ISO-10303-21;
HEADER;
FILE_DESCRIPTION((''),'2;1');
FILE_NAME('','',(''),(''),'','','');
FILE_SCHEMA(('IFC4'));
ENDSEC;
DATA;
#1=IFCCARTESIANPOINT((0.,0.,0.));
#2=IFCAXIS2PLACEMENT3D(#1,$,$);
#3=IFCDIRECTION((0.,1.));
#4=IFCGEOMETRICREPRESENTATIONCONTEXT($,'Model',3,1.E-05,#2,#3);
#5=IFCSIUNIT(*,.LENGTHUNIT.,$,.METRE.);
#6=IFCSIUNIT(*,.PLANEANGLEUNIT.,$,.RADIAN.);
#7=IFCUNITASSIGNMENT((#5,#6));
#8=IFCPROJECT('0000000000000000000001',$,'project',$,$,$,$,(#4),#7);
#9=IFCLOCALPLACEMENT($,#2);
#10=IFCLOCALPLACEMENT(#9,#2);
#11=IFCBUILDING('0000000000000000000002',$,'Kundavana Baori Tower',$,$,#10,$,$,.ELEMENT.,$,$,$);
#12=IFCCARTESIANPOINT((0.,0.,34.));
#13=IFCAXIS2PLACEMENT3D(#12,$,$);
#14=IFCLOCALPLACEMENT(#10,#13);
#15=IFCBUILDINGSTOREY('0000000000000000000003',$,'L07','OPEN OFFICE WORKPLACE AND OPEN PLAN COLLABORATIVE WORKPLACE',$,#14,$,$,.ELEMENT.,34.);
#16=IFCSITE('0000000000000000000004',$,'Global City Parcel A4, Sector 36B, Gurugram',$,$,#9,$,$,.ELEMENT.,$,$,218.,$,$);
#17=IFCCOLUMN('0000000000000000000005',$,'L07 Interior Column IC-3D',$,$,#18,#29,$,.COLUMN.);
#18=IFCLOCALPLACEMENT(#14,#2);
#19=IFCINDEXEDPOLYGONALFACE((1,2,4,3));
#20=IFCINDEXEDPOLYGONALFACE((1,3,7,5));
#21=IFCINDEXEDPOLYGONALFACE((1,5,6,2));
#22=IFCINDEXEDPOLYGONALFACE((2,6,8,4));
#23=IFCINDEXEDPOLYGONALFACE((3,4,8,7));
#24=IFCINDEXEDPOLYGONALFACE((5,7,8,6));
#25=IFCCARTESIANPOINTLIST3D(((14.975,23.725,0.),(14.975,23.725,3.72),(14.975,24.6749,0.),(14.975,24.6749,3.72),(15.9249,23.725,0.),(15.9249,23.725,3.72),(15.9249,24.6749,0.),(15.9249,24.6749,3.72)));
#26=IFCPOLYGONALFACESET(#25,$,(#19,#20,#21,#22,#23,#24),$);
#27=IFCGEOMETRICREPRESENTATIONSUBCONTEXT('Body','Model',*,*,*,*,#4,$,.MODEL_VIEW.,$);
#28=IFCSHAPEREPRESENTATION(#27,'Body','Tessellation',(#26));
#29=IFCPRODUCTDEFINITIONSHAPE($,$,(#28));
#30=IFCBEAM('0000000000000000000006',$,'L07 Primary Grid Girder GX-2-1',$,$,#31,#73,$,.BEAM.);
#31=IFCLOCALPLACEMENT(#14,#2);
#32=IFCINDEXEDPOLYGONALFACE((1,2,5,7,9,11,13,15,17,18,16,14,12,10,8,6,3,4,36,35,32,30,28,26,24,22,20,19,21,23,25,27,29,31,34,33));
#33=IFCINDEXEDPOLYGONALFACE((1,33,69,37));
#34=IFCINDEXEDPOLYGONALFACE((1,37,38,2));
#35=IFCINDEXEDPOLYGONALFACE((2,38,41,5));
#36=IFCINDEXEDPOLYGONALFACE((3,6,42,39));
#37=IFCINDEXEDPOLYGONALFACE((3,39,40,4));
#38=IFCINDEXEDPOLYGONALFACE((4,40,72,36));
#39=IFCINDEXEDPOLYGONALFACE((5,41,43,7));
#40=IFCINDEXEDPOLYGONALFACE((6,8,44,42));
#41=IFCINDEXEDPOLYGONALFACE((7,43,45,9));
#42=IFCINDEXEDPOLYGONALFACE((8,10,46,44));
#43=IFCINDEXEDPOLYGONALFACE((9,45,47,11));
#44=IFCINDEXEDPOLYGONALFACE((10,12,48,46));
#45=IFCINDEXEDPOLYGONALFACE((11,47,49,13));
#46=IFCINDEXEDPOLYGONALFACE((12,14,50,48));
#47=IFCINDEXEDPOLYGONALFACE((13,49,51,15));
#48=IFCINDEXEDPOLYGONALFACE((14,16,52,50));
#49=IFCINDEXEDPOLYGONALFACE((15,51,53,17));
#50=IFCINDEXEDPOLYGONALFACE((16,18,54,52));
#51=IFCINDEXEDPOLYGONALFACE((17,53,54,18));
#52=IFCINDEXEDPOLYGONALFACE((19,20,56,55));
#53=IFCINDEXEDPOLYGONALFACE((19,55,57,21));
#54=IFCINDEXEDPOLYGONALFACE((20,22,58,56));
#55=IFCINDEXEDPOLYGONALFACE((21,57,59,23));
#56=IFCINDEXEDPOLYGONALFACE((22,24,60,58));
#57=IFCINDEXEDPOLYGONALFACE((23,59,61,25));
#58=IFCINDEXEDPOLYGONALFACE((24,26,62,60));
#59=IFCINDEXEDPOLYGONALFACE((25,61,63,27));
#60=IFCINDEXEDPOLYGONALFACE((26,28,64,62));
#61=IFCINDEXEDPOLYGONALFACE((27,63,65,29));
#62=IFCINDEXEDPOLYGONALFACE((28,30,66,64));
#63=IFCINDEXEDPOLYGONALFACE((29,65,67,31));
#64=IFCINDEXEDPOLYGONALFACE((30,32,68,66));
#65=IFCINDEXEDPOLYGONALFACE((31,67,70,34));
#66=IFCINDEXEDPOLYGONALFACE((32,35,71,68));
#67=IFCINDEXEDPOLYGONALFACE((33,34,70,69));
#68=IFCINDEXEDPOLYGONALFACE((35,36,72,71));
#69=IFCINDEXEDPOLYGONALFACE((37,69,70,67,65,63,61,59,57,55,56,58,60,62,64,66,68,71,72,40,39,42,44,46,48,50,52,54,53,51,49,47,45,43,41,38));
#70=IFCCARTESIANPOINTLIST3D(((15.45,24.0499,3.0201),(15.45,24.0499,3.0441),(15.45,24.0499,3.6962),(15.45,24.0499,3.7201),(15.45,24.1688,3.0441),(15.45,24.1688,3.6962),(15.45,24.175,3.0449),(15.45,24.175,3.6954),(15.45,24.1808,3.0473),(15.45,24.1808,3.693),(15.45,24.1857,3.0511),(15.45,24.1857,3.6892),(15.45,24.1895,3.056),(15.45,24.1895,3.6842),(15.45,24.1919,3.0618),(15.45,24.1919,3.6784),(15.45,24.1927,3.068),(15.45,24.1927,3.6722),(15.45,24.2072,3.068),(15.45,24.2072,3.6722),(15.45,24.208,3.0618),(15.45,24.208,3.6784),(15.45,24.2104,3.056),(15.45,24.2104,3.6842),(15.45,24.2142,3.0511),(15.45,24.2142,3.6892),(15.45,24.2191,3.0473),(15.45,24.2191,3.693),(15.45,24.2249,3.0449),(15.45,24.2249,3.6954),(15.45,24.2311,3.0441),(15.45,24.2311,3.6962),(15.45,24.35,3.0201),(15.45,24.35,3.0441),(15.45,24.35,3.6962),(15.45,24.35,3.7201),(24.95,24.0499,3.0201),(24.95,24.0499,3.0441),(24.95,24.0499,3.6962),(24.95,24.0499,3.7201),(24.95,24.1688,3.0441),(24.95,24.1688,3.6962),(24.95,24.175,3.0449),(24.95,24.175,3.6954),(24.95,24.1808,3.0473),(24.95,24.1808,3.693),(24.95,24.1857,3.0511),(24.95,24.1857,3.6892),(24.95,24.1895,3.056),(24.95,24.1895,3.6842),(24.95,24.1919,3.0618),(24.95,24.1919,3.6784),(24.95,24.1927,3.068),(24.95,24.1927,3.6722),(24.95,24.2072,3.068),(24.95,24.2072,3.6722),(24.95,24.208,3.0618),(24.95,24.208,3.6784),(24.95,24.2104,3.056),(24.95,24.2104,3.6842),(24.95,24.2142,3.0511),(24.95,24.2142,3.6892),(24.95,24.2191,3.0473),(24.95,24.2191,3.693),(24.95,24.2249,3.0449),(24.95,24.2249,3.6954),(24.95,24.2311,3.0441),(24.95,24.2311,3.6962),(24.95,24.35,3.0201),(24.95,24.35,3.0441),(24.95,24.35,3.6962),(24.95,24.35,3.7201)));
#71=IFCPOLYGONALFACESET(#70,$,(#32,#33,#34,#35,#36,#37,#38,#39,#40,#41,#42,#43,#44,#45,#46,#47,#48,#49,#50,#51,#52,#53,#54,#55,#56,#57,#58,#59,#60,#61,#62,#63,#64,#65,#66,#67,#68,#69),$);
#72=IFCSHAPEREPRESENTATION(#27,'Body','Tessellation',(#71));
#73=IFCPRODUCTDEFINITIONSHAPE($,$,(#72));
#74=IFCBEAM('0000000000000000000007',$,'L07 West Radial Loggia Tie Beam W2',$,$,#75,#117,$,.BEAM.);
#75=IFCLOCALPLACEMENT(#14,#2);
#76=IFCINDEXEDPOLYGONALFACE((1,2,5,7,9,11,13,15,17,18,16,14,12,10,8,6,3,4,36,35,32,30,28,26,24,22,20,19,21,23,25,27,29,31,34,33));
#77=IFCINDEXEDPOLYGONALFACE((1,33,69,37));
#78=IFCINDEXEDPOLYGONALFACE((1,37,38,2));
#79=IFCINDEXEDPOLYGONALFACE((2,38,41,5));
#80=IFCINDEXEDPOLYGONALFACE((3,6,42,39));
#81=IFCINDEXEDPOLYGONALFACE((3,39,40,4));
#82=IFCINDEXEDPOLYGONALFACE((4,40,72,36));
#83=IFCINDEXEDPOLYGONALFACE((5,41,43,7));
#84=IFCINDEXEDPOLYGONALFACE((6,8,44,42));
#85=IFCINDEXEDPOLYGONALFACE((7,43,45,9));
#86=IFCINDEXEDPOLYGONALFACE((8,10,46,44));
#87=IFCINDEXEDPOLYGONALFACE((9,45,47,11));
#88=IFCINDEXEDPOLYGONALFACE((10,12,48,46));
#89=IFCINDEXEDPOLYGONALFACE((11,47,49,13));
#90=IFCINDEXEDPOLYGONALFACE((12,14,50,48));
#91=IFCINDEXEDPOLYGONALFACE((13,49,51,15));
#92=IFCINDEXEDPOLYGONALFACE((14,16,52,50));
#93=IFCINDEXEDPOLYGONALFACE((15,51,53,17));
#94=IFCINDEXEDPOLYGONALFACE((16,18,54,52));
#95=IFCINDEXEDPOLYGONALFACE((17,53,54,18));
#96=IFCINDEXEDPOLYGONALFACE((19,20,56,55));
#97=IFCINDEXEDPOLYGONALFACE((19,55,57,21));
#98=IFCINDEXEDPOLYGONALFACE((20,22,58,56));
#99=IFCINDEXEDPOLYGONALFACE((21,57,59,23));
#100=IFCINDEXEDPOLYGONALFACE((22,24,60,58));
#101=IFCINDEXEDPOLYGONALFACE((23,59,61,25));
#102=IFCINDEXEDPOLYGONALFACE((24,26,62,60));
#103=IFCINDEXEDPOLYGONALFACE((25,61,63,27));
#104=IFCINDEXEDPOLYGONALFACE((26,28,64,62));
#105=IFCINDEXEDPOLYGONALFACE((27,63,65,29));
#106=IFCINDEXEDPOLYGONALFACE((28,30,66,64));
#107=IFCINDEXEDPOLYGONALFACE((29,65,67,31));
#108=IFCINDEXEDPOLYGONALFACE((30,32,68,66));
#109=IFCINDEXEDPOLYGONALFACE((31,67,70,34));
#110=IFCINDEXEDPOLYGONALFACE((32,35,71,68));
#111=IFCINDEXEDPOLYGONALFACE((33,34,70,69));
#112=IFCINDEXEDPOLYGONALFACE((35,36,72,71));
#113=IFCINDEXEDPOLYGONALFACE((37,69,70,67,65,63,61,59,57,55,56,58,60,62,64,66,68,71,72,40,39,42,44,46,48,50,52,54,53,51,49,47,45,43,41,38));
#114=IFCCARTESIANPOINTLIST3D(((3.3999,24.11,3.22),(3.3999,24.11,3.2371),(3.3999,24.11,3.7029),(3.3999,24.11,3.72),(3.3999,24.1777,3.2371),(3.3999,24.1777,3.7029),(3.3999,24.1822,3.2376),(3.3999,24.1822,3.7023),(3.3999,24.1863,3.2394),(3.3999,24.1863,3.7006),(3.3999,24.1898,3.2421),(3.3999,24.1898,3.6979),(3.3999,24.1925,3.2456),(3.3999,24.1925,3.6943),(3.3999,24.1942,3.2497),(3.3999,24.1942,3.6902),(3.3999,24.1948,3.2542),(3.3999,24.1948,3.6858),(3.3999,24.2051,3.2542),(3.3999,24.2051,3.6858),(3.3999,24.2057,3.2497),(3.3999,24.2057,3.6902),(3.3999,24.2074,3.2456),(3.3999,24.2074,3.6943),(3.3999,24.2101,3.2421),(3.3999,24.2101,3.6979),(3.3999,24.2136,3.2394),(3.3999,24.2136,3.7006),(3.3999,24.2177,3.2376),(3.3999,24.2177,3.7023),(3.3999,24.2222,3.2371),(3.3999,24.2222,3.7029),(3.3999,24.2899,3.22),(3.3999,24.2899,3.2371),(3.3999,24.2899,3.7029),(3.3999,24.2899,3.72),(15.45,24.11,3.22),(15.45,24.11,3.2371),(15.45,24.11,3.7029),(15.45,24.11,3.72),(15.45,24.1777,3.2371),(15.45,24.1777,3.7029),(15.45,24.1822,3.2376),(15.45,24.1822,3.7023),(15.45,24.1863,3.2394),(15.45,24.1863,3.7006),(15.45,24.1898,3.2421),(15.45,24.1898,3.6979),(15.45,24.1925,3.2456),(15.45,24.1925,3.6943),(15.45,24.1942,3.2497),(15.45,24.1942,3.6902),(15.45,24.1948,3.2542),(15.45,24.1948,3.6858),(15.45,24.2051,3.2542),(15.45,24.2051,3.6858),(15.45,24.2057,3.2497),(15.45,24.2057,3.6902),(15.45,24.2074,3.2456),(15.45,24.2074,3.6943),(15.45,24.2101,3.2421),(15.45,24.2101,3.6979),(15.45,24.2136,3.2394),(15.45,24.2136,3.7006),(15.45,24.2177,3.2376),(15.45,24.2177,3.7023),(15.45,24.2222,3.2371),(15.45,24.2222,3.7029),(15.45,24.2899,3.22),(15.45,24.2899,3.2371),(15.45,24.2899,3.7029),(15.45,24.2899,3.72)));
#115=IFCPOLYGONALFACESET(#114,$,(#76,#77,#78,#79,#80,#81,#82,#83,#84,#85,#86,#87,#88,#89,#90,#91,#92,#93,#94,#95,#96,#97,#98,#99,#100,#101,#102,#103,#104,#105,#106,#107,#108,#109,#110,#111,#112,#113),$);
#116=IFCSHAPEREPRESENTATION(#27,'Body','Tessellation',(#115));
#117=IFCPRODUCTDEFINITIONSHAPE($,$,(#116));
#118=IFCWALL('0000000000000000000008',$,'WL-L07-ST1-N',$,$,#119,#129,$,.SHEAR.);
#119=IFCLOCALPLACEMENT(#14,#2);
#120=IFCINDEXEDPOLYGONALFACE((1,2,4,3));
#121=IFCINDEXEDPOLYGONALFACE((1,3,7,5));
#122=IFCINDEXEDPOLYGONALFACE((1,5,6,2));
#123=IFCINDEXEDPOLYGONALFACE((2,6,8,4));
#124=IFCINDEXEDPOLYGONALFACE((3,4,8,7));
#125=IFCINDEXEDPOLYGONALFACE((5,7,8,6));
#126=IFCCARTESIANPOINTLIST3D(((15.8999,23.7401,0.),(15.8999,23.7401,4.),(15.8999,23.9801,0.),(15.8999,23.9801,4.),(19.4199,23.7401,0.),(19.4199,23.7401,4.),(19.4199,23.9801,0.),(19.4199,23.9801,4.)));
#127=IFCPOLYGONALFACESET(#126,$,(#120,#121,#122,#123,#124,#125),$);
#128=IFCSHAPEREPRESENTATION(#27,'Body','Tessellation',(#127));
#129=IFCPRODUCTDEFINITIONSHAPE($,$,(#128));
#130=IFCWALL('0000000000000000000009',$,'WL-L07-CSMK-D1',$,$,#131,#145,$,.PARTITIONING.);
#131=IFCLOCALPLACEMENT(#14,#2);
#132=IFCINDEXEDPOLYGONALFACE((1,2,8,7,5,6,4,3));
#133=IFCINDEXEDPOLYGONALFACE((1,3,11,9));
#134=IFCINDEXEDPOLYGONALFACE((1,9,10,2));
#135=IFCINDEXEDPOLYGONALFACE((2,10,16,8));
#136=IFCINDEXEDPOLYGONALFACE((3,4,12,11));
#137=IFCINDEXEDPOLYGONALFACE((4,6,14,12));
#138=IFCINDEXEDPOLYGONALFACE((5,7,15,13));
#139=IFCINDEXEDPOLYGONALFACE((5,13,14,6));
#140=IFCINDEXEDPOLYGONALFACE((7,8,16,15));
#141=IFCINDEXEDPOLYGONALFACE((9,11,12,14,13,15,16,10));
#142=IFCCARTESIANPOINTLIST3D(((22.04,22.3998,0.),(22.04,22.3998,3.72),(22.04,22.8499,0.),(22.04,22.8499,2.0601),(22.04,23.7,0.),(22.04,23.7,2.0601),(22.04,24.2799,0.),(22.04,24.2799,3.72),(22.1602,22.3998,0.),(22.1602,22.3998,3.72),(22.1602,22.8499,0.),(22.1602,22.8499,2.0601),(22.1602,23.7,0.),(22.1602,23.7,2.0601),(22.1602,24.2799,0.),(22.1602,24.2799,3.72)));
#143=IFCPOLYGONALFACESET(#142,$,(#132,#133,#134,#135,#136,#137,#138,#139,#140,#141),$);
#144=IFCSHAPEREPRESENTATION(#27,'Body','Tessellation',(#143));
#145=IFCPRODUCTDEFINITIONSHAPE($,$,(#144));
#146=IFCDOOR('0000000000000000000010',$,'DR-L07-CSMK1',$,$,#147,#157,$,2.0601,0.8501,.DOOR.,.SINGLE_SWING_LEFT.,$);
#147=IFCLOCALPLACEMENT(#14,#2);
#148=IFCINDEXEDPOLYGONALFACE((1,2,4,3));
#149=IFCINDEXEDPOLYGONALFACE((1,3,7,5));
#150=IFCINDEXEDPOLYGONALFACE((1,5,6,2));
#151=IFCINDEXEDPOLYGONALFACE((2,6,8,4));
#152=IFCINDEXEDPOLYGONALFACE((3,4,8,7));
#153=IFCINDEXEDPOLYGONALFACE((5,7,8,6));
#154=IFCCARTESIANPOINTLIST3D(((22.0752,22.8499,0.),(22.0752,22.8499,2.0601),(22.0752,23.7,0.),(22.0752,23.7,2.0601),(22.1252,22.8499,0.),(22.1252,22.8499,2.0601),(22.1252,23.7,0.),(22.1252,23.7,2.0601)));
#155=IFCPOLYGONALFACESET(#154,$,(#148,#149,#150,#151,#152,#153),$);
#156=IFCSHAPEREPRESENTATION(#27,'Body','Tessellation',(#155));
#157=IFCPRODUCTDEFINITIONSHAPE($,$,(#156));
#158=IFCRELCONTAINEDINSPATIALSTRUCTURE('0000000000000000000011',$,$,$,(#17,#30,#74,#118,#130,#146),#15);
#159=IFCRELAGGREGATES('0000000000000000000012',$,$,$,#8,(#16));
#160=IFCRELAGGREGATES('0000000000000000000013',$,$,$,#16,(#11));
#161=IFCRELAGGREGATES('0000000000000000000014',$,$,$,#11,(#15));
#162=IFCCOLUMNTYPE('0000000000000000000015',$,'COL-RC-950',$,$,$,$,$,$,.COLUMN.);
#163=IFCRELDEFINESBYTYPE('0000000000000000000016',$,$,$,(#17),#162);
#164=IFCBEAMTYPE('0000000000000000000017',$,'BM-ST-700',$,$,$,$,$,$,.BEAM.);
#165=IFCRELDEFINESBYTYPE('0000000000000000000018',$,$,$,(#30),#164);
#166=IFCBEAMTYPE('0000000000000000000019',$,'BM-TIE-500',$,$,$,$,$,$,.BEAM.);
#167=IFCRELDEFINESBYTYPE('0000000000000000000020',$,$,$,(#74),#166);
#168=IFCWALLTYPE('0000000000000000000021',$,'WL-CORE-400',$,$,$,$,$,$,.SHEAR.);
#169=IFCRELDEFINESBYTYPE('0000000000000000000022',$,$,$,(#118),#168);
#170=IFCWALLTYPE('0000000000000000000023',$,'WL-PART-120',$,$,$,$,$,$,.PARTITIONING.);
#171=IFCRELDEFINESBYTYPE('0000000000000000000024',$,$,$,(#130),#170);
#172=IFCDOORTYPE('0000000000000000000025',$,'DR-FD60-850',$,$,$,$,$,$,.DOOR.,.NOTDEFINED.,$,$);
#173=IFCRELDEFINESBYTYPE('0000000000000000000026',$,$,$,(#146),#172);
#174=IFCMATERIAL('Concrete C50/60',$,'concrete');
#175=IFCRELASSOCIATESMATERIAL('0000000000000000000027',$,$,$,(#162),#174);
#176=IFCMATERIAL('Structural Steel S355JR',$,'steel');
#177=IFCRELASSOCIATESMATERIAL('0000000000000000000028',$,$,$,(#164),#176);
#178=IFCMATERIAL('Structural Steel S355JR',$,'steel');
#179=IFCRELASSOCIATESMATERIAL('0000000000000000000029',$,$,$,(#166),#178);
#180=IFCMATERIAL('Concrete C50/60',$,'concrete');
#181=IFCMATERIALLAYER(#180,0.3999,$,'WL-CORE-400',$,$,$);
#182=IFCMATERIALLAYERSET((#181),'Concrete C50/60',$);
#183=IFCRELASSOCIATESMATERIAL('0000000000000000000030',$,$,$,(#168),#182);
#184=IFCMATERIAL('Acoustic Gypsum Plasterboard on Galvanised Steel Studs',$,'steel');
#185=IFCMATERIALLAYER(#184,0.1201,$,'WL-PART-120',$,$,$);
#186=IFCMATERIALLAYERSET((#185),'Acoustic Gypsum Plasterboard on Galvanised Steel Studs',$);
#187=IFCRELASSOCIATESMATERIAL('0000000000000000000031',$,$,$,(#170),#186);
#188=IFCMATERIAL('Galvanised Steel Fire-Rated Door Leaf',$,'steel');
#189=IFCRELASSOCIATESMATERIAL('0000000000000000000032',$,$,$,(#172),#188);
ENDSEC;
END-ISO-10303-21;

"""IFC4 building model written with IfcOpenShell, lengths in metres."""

from ifc_helpers import new_model, si_unit, direction, frame, frame_2d, origin, origin_2d, place, context, subcontext, project, spatial, rectangle, i_section, extrude, material, layer, layer_set, material_profile, profile_set, type_object, element, fill, save


model = new_model("IFC4")

# Units and contexts
model_context = context("Model", 3, precision=1e-05, world=origin(), true_north=direction((0.0, 1.0)))
body_context = subcontext(model_context, "Body", "Model", "MODEL_VIEW")
ifc_project = project(units=[si_unit("LENGTHUNIT", "METRE"), si_unit("PLANEANGLEUNIT", "RADIAN")], contexts=[model_context])

# Site, building, storey
site_placement = place(None, origin())
site = spatial("IfcSite", under=ifc_project, at=site_placement, Name="Global City Parcel A4, Sector 36B, Gurugram", CompositionType="ELEMENT", RefElevation=218.0)
building_placement = place(site_placement, origin())
building = spatial("IfcBuilding", under=site, at=building_placement, Name="Kundavana Baori Tower", CompositionType="ELEMENT")
storey_placement = place(building_placement, frame((0.0, 0.0, 34.0)))
storey = spatial("IfcBuildingStorey", under=building, at=storey_placement, Name="L07", Description="OPEN OFFICE WORKPLACE AND OPEN PLAN COLLABORATIVE WORKPLACE", CompositionType="ELEMENT", Elevation=34.0)

# Column
ifc_material_1 = material(Name="Concrete C50/60", Category="concrete")
ifc_material_profile_1 = material_profile(ifc_material_1, rectangle(XDim=0.95, YDim=0.95, at=origin_2d()), Name="RC 950x950")
ifc_profile_set_1 = profile_set([ifc_material_profile_1], Name="Concrete C50/60")
column_type = type_object("IfcColumnType", Name="COL-RC-950", PredefinedType="COLUMN", material=ifc_profile_set_1)
column_placement = place(storey_placement, frame((15.45, 24.2, 0.0), z_axis=(0.0, 0.0, 1.0), x_axis=(1.0, 0.0, 0.0)))
element("IfcColumn", 1, at=column_placement, inside=storey, type_object=column_type, Name="L07 Interior Column IC-3D", PredefinedType="COLUMN", context=body_context, shape_type="SweptSolid", body=[
    extrude(rectangle(XDim=0.95, YDim=0.95, at=origin_2d()), origin(), (0.0, 0.0, 1.0), 3.72),
])

# Beams
ifc_material_2 = material(Name="Structural Steel S355JR", Category="steel")
ifc_material_profile_2 = material_profile(ifc_material_2, i_section(OverallWidth=0.3, OverallDepth=0.7, WebThickness=0.0144, FlangeThickness=0.0239, FilletRadius=0.0239, at=origin_2d()), Name="NPB 700x300x170")
ifc_profile_set_2 = profile_set([ifc_material_profile_2], Name="Structural Steel S355JR")
beam_type_1 = type_object("IfcBeamType", Name="BM-ST-700", PredefinedType="BEAM", material=ifc_profile_set_2)
beam_1_placement = place(storey_placement, frame((15.45, 24.2, 3.3701), z_axis=(1.0, 0.0, 0.0), x_axis=(0.0, 1.0, 0.0)))
element("IfcBeam", 2, at=beam_1_placement, inside=storey, type_object=beam_type_1, Name="L07 Primary Grid Girder GX-2-1", PredefinedType="BEAM", context=body_context, shape_type="SweptSolid", body=[
    extrude(i_section(OverallWidth=0.3, OverallDepth=0.7, WebThickness=0.0144, FlangeThickness=0.0239, FilletRadius=0.0239, at=origin_2d()), origin(), (0.0, 0.0, 1.0), 9.5),
])
ifc_material_3 = material(Name="Structural Steel S355JR", Category="steel")
ifc_material_profile_3 = material_profile(ifc_material_3, i_section(OverallWidth=0.1799, OverallDepth=0.5, WebThickness=0.0103, FlangeThickness=0.0171, FilletRadius=0.0171, at=origin_2d()), Name="ISMB 500")
ifc_profile_set_3 = profile_set([ifc_material_profile_3], Name="Structural Steel S355JR")
beam_type_2 = type_object("IfcBeamType", Name="BM-TIE-500", PredefinedType="BEAM", material=ifc_profile_set_3)
beam_2_placement = place(storey_placement, frame((15.45, 24.2, 3.47), z_axis=(-1.0, 0.0, 0.0), x_axis=(0.0, -1.0, 0.0)))
element("IfcBeam", 3, at=beam_2_placement, inside=storey, type_object=beam_type_2, Name="L07 West Radial Loggia Tie Beam W2", PredefinedType="BEAM", context=body_context, shape_type="SweptSolid", body=[
    extrude(i_section(OverallWidth=0.1799, OverallDepth=0.5, WebThickness=0.0103, FlangeThickness=0.0171, FilletRadius=0.0171, at=origin_2d()), origin(), (0.0, 0.0, 1.0), 12.05),
])

# Wall
ifc_material_4 = material(Name="Concrete C50/60", Category="concrete")
ifc_layer_1 = layer(ifc_material_4, 0.3999, Name="WL-CORE-400")
ifc_layer_set_1 = layer_set([ifc_layer_1], Name="Concrete C50/60")
wall_type_1 = type_object("IfcWallType", Name="WL-CORE-400", PredefinedType="SHEAR", material=ifc_layer_set_1)
wall_1_placement = place(storey_placement, frame((15.8999, 23.8601, 0.0), z_axis=(0.0, 0.0, 1.0), x_axis=(1.0, 0.0, 0.0)))
element("IfcWall", 4, at=wall_1_placement, inside=storey, type_object=wall_type_1, Name="WL-L07-ST1-N", PredefinedType="SHEAR", context=body_context, shape_type="SweptSolid", body=[
    extrude(rectangle(XDim=3.52, YDim=0.24, at=frame_2d((1.76, 0.0))), origin(), (0.0, 0.0, 1.0), 4.0),
])

# Wall, opening, door
ifc_material_5 = material(Name="Acoustic Gypsum Plasterboard on Galvanised Steel Studs", Category="steel")
ifc_layer_2 = layer(ifc_material_5, 0.1201, Name="WL-PART-120")
ifc_layer_set_2 = layer_set([ifc_layer_2], Name="Acoustic Gypsum Plasterboard on Galvanised Steel Studs")
wall_type_2 = type_object("IfcWallType", Name="WL-PART-120", PredefinedType="PARTITIONING", material=ifc_layer_set_2)
wall_2_placement = place(storey_placement, frame((22.1001, 22.3999, 0.0), z_axis=(0.0, 0.0, 1.0), x_axis=(0.0, 1.0, 0.0)))
wall_2 = element("IfcWall", 5, at=wall_2_placement, inside=storey, type_object=wall_type_2, Name="WL-L07-CSMK-D1", PredefinedType="PARTITIONING", context=body_context, shape_type="SweptSolid", body=[
    extrude(rectangle(XDim=1.8801, YDim=0.1201, at=frame_2d((0.9399, 0.0))), origin(), (0.0, 0.0, 1.0), 3.72),
])
opening_1_placement = place(wall_2_placement, frame((0.45, 0.0, 0.0)))
opening_1 = element("IfcOpeningElement", 6, at=opening_1_placement, cuts=wall_2, PredefinedType="OPENING", context=body_context, shape_type="SweptSolid", body=[
    extrude(rectangle(XDim=0.8501, YDim=2.0601, at=frame_2d((0.425, 1.03))), frame((0.0, 0.0701, 0.0), z_axis=(0.0, -1.0, 0.0), x_axis=(1.0, 0.0, 0.0)), (0.0, 0.0, 1.0), 0.1401),
])
ifc_material_6 = material(Name="Galvanised Steel Fire-Rated Door Leaf", Category="steel")
door_type_1 = type_object("IfcDoorType", Name="DR-FD60-850", OperationType="NOTDEFINED", PredefinedType="DOOR", material=ifc_material_6)
door_1_placement = place(opening_1_placement, origin())
door_1 = element("IfcDoor", 7, at=door_1_placement, inside=storey, type_object=door_type_1, Name="DR-L07-CSMK1", OperationType="SINGLE_SWING_LEFT", OverallHeight=2.0601, OverallWidth=0.8501, PredefinedType="DOOR", context=body_context, shape_type="SweptSolid", body=[
    extrude(rectangle(XDim=0.8501, YDim=2.0601, at=frame_2d((0.425, 1.03))), frame((0.0, 0.0249, 0.0), z_axis=(0.0, -1.0, 0.0), x_axis=(1.0, 0.0, 0.0)), (0.0, 0.0, 1.0), 0.05),
])
fill(opening_1, door_1)

save(model, "model.ifc")
